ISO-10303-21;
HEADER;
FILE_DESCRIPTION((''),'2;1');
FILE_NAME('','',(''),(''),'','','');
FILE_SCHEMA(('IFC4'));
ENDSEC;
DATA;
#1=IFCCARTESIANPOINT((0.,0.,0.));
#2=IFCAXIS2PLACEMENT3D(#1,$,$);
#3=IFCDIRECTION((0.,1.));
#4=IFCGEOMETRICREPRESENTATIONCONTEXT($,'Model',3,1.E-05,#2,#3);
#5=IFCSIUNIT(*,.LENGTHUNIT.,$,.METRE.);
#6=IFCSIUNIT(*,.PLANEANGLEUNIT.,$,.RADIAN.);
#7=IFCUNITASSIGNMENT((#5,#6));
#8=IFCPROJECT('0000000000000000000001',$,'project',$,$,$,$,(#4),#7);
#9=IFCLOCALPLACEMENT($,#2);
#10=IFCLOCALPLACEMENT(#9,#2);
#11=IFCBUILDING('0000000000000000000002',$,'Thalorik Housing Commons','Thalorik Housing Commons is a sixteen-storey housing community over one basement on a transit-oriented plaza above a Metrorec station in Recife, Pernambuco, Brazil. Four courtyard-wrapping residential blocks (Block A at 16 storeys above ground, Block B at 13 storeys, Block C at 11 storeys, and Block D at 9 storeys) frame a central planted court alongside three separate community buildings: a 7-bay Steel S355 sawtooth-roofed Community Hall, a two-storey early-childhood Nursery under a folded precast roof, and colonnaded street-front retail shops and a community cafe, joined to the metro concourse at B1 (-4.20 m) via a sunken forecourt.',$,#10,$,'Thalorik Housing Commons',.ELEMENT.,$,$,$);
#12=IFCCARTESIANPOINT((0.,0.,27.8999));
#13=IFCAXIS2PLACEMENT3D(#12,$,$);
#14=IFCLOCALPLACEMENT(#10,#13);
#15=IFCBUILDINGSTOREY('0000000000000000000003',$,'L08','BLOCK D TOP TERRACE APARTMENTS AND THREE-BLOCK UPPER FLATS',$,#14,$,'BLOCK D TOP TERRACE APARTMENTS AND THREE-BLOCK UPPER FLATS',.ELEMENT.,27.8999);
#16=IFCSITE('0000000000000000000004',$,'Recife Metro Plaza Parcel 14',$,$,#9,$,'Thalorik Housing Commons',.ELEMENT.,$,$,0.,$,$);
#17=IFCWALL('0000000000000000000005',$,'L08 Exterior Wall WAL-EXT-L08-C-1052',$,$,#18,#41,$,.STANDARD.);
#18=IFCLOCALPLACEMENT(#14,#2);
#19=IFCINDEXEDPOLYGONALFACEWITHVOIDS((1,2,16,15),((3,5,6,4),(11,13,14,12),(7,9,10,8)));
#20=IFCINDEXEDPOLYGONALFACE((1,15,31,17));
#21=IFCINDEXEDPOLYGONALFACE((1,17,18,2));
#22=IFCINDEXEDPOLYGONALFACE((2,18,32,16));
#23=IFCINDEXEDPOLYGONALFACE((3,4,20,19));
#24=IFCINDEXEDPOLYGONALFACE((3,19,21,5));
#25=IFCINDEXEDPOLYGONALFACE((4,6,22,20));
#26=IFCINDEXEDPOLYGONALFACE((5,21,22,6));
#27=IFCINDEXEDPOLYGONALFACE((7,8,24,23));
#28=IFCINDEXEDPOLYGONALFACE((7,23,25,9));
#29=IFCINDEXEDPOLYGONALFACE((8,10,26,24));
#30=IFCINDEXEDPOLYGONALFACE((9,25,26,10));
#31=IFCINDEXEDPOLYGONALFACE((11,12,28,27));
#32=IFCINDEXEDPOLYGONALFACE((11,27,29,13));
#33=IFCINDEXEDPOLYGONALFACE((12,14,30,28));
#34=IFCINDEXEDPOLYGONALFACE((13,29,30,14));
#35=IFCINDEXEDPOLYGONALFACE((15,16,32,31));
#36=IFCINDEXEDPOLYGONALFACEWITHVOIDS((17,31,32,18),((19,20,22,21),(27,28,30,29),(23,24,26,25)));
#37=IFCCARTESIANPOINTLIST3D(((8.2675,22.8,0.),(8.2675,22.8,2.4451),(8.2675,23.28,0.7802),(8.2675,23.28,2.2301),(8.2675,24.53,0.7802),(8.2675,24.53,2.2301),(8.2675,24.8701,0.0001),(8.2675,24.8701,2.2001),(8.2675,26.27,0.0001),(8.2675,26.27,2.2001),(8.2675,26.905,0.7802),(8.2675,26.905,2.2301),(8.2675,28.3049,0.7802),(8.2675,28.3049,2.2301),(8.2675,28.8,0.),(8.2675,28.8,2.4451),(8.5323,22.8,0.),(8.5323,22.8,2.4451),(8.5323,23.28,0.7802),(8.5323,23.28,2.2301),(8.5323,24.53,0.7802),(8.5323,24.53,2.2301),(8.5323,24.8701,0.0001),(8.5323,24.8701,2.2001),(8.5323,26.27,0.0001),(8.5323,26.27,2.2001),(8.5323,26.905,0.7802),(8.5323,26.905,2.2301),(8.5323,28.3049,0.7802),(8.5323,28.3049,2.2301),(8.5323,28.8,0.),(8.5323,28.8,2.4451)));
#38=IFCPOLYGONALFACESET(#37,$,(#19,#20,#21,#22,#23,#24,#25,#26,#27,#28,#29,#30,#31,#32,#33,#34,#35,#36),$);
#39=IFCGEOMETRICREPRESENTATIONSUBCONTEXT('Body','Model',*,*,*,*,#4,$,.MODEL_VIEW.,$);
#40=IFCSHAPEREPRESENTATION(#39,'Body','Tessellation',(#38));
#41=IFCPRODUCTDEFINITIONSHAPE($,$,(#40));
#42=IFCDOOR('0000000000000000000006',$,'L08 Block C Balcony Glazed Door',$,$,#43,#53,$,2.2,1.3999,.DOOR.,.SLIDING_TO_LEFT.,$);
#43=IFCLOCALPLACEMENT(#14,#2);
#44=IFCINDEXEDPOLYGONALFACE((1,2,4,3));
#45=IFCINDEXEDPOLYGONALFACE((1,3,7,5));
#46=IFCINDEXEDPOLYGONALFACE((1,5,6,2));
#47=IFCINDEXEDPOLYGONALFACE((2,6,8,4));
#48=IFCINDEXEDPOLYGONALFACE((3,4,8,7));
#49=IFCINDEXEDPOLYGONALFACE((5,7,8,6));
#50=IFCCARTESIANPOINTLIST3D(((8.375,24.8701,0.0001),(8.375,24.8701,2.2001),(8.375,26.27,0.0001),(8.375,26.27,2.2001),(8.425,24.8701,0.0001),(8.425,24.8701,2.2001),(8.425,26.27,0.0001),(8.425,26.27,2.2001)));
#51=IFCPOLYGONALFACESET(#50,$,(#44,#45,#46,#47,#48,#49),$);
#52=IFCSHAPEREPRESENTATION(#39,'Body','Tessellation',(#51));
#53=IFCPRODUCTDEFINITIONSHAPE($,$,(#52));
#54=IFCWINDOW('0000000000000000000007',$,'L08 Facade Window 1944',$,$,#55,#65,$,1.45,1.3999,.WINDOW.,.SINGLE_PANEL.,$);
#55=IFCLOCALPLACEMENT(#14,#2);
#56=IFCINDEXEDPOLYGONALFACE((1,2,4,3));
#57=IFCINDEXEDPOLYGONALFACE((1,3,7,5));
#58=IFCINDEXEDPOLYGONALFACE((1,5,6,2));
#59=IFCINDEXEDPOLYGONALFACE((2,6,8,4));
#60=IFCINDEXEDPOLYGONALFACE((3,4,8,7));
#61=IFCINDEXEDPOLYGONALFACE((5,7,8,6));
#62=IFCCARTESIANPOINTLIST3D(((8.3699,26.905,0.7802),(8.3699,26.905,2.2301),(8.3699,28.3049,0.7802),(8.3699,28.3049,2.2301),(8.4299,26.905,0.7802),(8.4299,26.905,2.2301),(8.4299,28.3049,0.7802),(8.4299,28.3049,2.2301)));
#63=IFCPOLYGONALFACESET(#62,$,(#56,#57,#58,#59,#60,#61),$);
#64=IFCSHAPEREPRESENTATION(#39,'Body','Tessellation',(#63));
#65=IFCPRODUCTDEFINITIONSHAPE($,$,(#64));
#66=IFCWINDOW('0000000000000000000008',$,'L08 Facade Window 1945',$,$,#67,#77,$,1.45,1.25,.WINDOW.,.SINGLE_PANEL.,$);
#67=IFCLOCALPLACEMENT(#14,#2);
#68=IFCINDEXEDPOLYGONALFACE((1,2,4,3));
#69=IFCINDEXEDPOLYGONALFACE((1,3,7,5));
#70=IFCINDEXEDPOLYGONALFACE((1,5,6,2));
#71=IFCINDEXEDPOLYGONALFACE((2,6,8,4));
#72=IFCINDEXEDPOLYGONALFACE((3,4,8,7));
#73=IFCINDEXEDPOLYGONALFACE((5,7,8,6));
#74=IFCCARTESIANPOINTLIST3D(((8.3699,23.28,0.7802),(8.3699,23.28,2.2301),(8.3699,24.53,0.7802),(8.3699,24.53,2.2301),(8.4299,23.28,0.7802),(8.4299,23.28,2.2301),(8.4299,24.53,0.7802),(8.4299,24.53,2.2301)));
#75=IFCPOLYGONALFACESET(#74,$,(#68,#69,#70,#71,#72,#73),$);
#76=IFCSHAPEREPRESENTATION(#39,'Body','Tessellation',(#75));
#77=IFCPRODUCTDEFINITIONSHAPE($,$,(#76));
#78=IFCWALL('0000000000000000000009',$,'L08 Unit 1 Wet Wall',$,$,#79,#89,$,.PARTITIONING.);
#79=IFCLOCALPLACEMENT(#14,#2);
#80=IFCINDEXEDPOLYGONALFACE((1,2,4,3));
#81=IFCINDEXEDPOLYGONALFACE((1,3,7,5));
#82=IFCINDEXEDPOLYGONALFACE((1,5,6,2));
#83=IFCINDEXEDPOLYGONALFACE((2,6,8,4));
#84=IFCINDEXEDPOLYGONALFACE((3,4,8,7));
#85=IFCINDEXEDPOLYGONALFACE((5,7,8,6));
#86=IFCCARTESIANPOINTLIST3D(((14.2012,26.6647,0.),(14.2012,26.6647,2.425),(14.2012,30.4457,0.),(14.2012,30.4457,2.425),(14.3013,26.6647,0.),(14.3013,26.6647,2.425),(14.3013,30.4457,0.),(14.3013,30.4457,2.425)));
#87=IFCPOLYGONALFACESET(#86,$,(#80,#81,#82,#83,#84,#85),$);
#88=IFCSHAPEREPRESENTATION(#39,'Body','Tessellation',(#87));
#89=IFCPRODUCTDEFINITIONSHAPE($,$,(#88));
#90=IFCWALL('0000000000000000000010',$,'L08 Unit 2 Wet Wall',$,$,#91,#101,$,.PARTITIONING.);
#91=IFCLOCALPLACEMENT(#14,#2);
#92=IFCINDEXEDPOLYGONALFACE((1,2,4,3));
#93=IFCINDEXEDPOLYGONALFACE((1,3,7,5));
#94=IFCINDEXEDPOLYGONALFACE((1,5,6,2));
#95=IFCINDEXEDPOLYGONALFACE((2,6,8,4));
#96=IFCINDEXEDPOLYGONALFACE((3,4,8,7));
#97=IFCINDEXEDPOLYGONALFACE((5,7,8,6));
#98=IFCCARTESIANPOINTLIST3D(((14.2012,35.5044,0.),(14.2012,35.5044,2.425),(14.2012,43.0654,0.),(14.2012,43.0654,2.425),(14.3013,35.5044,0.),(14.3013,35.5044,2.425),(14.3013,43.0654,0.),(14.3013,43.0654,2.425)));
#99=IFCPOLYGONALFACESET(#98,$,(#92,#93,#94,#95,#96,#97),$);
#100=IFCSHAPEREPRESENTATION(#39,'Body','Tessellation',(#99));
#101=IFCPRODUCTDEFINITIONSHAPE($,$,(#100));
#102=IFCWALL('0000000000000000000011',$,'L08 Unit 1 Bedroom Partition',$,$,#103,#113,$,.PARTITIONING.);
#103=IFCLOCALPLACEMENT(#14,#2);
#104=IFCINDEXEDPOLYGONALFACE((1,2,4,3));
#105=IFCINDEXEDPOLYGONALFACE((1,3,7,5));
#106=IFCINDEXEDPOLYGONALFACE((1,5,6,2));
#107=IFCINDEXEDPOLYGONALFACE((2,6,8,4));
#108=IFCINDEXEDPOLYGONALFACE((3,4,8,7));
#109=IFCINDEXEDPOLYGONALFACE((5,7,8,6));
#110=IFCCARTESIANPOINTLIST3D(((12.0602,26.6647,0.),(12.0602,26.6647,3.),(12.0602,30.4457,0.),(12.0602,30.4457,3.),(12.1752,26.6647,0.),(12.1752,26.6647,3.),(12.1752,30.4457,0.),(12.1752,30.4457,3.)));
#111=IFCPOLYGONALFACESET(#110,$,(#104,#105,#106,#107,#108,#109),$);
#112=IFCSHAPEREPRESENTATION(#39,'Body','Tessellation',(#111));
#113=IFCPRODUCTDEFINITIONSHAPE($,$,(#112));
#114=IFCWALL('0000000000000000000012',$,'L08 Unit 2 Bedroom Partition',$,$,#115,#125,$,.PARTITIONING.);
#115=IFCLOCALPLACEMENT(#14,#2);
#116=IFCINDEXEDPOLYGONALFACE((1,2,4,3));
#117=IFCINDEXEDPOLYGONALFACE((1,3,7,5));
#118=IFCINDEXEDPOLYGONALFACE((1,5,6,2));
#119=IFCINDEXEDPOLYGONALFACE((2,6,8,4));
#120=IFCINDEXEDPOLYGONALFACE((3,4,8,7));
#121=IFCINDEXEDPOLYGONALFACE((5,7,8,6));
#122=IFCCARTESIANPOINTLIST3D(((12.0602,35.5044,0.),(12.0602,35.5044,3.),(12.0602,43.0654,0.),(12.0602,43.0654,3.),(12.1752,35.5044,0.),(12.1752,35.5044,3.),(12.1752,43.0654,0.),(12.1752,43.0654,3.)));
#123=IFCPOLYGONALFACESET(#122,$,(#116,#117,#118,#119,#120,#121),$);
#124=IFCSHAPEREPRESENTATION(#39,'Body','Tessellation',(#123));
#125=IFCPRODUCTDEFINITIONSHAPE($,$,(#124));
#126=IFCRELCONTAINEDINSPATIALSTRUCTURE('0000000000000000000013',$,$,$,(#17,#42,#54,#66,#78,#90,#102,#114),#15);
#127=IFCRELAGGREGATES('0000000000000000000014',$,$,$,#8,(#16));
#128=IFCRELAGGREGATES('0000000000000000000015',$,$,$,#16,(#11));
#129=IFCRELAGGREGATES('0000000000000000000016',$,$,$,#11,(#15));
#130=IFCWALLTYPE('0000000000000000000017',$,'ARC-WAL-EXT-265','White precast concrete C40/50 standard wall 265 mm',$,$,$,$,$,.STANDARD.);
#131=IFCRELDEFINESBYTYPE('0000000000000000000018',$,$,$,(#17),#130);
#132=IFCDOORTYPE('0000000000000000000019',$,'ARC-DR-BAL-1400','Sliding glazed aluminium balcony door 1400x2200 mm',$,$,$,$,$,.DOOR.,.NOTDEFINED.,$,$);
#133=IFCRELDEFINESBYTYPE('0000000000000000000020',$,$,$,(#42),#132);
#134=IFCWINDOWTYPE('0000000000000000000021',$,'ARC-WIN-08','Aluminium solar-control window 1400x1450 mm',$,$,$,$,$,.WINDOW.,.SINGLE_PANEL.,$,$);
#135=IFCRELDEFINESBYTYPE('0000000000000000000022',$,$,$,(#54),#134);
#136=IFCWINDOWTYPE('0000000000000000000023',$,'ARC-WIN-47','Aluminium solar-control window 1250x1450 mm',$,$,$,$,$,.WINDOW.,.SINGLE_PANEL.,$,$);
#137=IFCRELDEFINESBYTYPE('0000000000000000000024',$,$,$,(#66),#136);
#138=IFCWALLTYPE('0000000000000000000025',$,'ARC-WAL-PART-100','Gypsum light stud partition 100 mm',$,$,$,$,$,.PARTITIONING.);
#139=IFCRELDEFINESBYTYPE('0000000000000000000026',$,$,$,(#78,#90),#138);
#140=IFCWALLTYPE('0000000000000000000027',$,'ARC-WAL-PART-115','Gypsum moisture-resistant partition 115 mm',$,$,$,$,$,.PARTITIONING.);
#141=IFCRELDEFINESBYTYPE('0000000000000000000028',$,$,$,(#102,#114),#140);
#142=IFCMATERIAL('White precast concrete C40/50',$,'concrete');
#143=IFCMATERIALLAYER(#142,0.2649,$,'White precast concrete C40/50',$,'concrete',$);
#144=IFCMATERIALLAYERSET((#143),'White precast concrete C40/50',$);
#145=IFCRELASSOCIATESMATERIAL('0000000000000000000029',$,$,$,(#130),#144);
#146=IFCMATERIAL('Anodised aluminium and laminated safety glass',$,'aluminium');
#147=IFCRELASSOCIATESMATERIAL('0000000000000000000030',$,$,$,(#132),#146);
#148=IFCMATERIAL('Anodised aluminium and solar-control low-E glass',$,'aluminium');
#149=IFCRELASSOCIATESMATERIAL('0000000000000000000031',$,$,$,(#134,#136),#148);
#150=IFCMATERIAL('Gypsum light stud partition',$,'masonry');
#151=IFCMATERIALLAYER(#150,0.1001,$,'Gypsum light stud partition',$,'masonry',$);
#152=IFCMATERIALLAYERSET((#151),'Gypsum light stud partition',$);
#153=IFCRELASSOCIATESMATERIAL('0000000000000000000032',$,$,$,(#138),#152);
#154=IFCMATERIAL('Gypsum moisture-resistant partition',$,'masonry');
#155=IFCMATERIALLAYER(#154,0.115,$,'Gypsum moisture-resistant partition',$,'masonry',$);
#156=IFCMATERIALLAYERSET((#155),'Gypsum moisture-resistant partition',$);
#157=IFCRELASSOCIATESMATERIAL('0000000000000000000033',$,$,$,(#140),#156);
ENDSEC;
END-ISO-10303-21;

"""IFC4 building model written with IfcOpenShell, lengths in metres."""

from ifc_helpers import new_model, si_unit, direction, frame, frame_2d, origin, place, context, subcontext, project, spatial, rectangle, extrude, material, layer, layer_set, type_object, element, fill, save


model = new_model("IFC4")

# Units and contexts
model_context = context("Model", 3, precision=1e-05, world=origin(), true_north=direction((0.0, 1.0)))
body_context = subcontext(model_context, "Body", "Model", "MODEL_VIEW")
ifc_project = project(units=[si_unit("LENGTHUNIT", "METRE"), si_unit("PLANEANGLEUNIT", "RADIAN")], contexts=[model_context])

# Site, building, storey
site_placement = place(None, origin())
site = spatial("IfcSite", under=ifc_project, at=site_placement, Name="Recife Metro Plaza Parcel 14", LongName="Thalorik Housing Commons", CompositionType="ELEMENT", RefElevation=0.0)
building_placement = place(site_placement, origin())
building = spatial("IfcBuilding", under=site, at=building_placement, Name="Thalorik Housing Commons", Description="Thalorik Housing Commons is a sixteen-storey housing community over one basement on a transit-oriented plaza above a Metrorec station in Recife, Pernambuco, Brazil. Four courtyard-wrapping residential blocks (Block A at 16 storeys above ground, Block B at 13 storeys, Block C at 11 storeys, and Block D at 9 storeys) frame a central planted court alongside three separate community buildings: a 7-bay Steel S355 sawtooth-roofed Community Hall, a two-storey early-childhood Nursery under a folded precast roof, and colonnaded street-front retail shops and a community cafe, joined to the metro concourse at B1 (-4.20 m) via a sunken forecourt.", LongName="Thalorik Housing Commons", CompositionType="ELEMENT")
storey_placement = place(building_placement, frame((0.0, 0.0, 27.8999)))
storey = spatial("IfcBuildingStorey", under=building, at=storey_placement, Name="L08", Description="BLOCK D TOP TERRACE APARTMENTS AND THREE-BLOCK UPPER FLATS", LongName="BLOCK D TOP TERRACE APARTMENTS AND THREE-BLOCK UPPER FLATS", CompositionType="ELEMENT", Elevation=27.8999)

# Wall, openings, door, windows
ifc_material_1 = material(Name="White precast concrete C40/50", Category="concrete")
ifc_layer_1 = layer(ifc_material_1, 0.2649, Name="White precast concrete C40/50", Category="concrete")
ifc_layer_set_1 = layer_set([ifc_layer_1], Name="White precast concrete C40/50")
wall_type_1 = type_object("IfcWallType", Name="ARC-WAL-EXT-265", Description="White precast concrete C40/50 standard wall 265 mm", PredefinedType="STANDARD", material=ifc_layer_set_1)
wall_1_placement = place(storey_placement, frame((8.3999, 28.8, 0.0), z_axis=(0.0, 0.0, 1.0), x_axis=(0.0, -1.0, 0.0)))
wall_1 = element("IfcWall", 1, at=wall_1_placement, inside=storey, type_object=wall_type_1, Name="L08 Exterior Wall WAL-EXT-L08-C-1052", PredefinedType="STANDARD", context=body_context, shape_type="SweptSolid", body=[
    extrude(rectangle(XDim=6.0, YDim=0.2649, at=frame_2d((3.0, 0.0))), origin(), (0.0, 0.0, 1.0), 2.4451),
])
opening_1_placement = place(wall_1_placement, frame((2.53, 0.0, 0.0)))
opening_1 = element("IfcOpeningElement", 2, at=opening_1_placement, cuts=wall_1, PredefinedType="OPENING", context=body_context, shape_type="SweptSolid", body=[
    extrude(rectangle(XDim=1.3999, YDim=2.2, at=frame_2d((0.7, 1.1001))), frame((0.0, 0.1426, 0.0), z_axis=(0.0, -1.0, 0.0), x_axis=(1.0, 0.0, 0.0)), (0.0, 0.0, 1.0), 0.2849),
])
opening_2_placement = place(wall_1_placement, frame((0.4951, 0.0, 0.78)))
opening_2 = element("IfcOpeningElement", 3, at=opening_2_placement, cuts=wall_1, PredefinedType="OPENING", context=body_context, shape_type="SweptSolid", body=[
    extrude(rectangle(XDim=1.3999, YDim=1.45, at=frame_2d((0.7, 0.7251))), frame((0.0, 0.1426, 0.0), z_axis=(0.0, -1.0, 0.0), x_axis=(1.0, 0.0, 0.0)), (0.0, 0.0, 1.0), 0.2849),
])
opening_3_placement = place(wall_1_placement, frame((4.27, 0.0, 0.78)))
opening_3 = element("IfcOpeningElement", 4, at=opening_3_placement, cuts=wall_1, PredefinedType="OPENING", context=body_context, shape_type="SweptSolid", body=[
    extrude(rectangle(XDim=1.25, YDim=1.45, at=frame_2d((0.625, 0.7251))), frame((0.0, 0.1426, 0.0), z_axis=(0.0, -1.0, 0.0), x_axis=(1.0, 0.0, 0.0)), (0.0, 0.0, 1.0), 0.2849),
])
ifc_material_2 = material(Name="Anodised aluminium and laminated safety glass", Category="aluminium")
door_type_1 = type_object("IfcDoorType", Name="ARC-DR-BAL-1400", Description="Sliding glazed aluminium balcony door 1400x2200 mm", OperationType="NOTDEFINED", PredefinedType="DOOR", material=ifc_material_2)
door_1_placement = place(opening_1_placement, frame((1.3999, 0.0, 0.0), z_axis=(0.0, 0.0, 1.0), x_axis=(-1.0, 0.0, 0.0)))
door_1 = element("IfcDoor", 5, at=door_1_placement, inside=storey, type_object=door_type_1, Name="L08 Block C Balcony Glazed Door", OperationType="SLIDING_TO_LEFT", OverallHeight=2.2, OverallWidth=1.3999, PredefinedType="DOOR", context=body_context, shape_type="SweptSolid", body=[
    extrude(rectangle(XDim=1.3999, YDim=2.2, at=frame_2d((0.7, 1.1001))), frame((0.0, 0.0249, 0.0), z_axis=(0.0, -1.0, 0.0), x_axis=(1.0, 0.0, 0.0)), (0.0, 0.0, 1.0), 0.05),
])
fill(opening_1, door_1)
ifc_material_3 = material(Name="Anodised aluminium and solar-control low-E glass", Category="aluminium")
window_type_1 = type_object("IfcWindowType", Name="ARC-WIN-08", Description="Aluminium solar-control window 1400x1450 mm", PartitioningType="SINGLE_PANEL", PredefinedType="WINDOW", material=ifc_material_3)
window_1_placement = place(opening_2_placement, origin())
window_1 = element("IfcWindow", 6, at=window_1_placement, inside=storey, type_object=window_type_1, Name="L08 Facade Window 1944", OverallHeight=1.45, OverallWidth=1.3999, PartitioningType="SINGLE_PANEL", PredefinedType="WINDOW", context=body_context, shape_type="SweptSolid", body=[
    extrude(rectangle(XDim=1.3999, YDim=1.45, at=frame_2d((0.7, 0.7251))), frame((0.0, 0.03, 0.0), z_axis=(0.0, -1.0, 0.0), x_axis=(1.0, 0.0, 0.0)), (0.0, 0.0, 1.0), 0.0601),
])
fill(opening_2, window_1)
window_type_2 = type_object("IfcWindowType", Name="ARC-WIN-47", Description="Aluminium solar-control window 1250x1450 mm", PartitioningType="SINGLE_PANEL", PredefinedType="WINDOW", material=ifc_material_3)
window_2_placement = place(opening_3_placement, origin())
window_2 = element("IfcWindow", 7, at=window_2_placement, inside=storey, type_object=window_type_2, Name="L08 Facade Window 1945", OverallHeight=1.45, OverallWidth=1.25, PartitioningType="SINGLE_PANEL", PredefinedType="WINDOW", context=body_context, shape_type="SweptSolid", body=[
    extrude(rectangle(XDim=1.25, YDim=1.45, at=frame_2d((0.625, 0.7251))), frame((0.0, 0.03, 0.0), z_axis=(0.0, -1.0, 0.0), x_axis=(1.0, 0.0, 0.0)), (0.0, 0.0, 1.0), 0.0601),
])
fill(opening_3, window_2)

# Walls
ifc_material_4 = material(Name="Gypsum light stud partition", Category="masonry")
ifc_layer_2 = layer(ifc_material_4, 0.1001, Name="Gypsum light stud partition", Category="masonry")
ifc_layer_set_2 = layer_set([ifc_layer_2], Name="Gypsum light stud partition")
wall_type_2 = type_object("IfcWallType", Name="ARC-WAL-PART-100", Description="Gypsum light stud partition 100 mm", PredefinedType="PARTITIONING", material=ifc_layer_set_2)
wall_2_placement = place(storey_placement, frame((14.2512, 26.6646, 0.0), z_axis=(0.0, 0.0, 1.0), x_axis=(0.0, 1.0, 0.0)))
element("IfcWall", 8, at=wall_2_placement, inside=storey, type_object=wall_type_2, Name="L08 Unit 1 Wet Wall", PredefinedType="PARTITIONING", context=body_context, shape_type="SweptSolid", body=[
    extrude(rectangle(XDim=3.781, YDim=0.1001, at=frame_2d((1.8906, 0.0))), origin(), (0.0, 0.0, 1.0), 2.425),
])
wall_3_placement = place(storey_placement, frame((14.2512, 35.5044, 0.0), z_axis=(0.0, 0.0, 1.0), x_axis=(0.0, 1.0, 0.0)))
element("IfcWall", 9, at=wall_3_placement, inside=storey, type_object=wall_type_2, Name="L08 Unit 2 Wet Wall", PredefinedType="PARTITIONING", context=body_context, shape_type="SweptSolid", body=[
    extrude(rectangle(XDim=7.561, YDim=0.1001, at=frame_2d((3.7805, 0.0))), origin(), (0.0, 0.0, 1.0), 2.425),
])
ifc_material_5 = material(Name="Gypsum moisture-resistant partition", Category="masonry")
ifc_layer_3 = layer(ifc_material_5, 0.115, Name="Gypsum moisture-resistant partition", Category="masonry")
ifc_layer_set_3 = layer_set([ifc_layer_3], Name="Gypsum moisture-resistant partition")
wall_type_3 = type_object("IfcWallType", Name="ARC-WAL-PART-115", Description="Gypsum moisture-resistant partition 115 mm", PredefinedType="PARTITIONING", material=ifc_layer_set_3)
wall_4_placement = place(storey_placement, frame((12.1177, 26.6646, 0.0), z_axis=(0.0, 0.0, 1.0), x_axis=(0.0, 1.0, 0.0)))
element("IfcWall", 10, at=wall_4_placement, inside=storey, type_object=wall_type_3, Name="L08 Unit 1 Bedroom Partition", PredefinedType="PARTITIONING", context=body_context, shape_type="SweptSolid", body=[
    extrude(rectangle(XDim=3.781, YDim=0.115, at=frame_2d((1.8906, 0.0))), origin(), (0.0, 0.0, 1.0), 3.0),
])
wall_5_placement = place(storey_placement, frame((12.1177, 35.5044, 0.0), z_axis=(0.0, 0.0, 1.0), x_axis=(0.0, 1.0, 0.0)))
element("IfcWall", 11, at=wall_5_placement, inside=storey, type_object=wall_type_3, Name="L08 Unit 2 Bedroom Partition", PredefinedType="PARTITIONING", context=body_context, shape_type="SweptSolid", body=[
    extrude(rectangle(XDim=7.561, YDim=0.115, at=frame_2d((3.7805, 0.0))), origin(), (0.0, 0.0, 1.0), 3.0),
])

save(model, "model.ifc")
